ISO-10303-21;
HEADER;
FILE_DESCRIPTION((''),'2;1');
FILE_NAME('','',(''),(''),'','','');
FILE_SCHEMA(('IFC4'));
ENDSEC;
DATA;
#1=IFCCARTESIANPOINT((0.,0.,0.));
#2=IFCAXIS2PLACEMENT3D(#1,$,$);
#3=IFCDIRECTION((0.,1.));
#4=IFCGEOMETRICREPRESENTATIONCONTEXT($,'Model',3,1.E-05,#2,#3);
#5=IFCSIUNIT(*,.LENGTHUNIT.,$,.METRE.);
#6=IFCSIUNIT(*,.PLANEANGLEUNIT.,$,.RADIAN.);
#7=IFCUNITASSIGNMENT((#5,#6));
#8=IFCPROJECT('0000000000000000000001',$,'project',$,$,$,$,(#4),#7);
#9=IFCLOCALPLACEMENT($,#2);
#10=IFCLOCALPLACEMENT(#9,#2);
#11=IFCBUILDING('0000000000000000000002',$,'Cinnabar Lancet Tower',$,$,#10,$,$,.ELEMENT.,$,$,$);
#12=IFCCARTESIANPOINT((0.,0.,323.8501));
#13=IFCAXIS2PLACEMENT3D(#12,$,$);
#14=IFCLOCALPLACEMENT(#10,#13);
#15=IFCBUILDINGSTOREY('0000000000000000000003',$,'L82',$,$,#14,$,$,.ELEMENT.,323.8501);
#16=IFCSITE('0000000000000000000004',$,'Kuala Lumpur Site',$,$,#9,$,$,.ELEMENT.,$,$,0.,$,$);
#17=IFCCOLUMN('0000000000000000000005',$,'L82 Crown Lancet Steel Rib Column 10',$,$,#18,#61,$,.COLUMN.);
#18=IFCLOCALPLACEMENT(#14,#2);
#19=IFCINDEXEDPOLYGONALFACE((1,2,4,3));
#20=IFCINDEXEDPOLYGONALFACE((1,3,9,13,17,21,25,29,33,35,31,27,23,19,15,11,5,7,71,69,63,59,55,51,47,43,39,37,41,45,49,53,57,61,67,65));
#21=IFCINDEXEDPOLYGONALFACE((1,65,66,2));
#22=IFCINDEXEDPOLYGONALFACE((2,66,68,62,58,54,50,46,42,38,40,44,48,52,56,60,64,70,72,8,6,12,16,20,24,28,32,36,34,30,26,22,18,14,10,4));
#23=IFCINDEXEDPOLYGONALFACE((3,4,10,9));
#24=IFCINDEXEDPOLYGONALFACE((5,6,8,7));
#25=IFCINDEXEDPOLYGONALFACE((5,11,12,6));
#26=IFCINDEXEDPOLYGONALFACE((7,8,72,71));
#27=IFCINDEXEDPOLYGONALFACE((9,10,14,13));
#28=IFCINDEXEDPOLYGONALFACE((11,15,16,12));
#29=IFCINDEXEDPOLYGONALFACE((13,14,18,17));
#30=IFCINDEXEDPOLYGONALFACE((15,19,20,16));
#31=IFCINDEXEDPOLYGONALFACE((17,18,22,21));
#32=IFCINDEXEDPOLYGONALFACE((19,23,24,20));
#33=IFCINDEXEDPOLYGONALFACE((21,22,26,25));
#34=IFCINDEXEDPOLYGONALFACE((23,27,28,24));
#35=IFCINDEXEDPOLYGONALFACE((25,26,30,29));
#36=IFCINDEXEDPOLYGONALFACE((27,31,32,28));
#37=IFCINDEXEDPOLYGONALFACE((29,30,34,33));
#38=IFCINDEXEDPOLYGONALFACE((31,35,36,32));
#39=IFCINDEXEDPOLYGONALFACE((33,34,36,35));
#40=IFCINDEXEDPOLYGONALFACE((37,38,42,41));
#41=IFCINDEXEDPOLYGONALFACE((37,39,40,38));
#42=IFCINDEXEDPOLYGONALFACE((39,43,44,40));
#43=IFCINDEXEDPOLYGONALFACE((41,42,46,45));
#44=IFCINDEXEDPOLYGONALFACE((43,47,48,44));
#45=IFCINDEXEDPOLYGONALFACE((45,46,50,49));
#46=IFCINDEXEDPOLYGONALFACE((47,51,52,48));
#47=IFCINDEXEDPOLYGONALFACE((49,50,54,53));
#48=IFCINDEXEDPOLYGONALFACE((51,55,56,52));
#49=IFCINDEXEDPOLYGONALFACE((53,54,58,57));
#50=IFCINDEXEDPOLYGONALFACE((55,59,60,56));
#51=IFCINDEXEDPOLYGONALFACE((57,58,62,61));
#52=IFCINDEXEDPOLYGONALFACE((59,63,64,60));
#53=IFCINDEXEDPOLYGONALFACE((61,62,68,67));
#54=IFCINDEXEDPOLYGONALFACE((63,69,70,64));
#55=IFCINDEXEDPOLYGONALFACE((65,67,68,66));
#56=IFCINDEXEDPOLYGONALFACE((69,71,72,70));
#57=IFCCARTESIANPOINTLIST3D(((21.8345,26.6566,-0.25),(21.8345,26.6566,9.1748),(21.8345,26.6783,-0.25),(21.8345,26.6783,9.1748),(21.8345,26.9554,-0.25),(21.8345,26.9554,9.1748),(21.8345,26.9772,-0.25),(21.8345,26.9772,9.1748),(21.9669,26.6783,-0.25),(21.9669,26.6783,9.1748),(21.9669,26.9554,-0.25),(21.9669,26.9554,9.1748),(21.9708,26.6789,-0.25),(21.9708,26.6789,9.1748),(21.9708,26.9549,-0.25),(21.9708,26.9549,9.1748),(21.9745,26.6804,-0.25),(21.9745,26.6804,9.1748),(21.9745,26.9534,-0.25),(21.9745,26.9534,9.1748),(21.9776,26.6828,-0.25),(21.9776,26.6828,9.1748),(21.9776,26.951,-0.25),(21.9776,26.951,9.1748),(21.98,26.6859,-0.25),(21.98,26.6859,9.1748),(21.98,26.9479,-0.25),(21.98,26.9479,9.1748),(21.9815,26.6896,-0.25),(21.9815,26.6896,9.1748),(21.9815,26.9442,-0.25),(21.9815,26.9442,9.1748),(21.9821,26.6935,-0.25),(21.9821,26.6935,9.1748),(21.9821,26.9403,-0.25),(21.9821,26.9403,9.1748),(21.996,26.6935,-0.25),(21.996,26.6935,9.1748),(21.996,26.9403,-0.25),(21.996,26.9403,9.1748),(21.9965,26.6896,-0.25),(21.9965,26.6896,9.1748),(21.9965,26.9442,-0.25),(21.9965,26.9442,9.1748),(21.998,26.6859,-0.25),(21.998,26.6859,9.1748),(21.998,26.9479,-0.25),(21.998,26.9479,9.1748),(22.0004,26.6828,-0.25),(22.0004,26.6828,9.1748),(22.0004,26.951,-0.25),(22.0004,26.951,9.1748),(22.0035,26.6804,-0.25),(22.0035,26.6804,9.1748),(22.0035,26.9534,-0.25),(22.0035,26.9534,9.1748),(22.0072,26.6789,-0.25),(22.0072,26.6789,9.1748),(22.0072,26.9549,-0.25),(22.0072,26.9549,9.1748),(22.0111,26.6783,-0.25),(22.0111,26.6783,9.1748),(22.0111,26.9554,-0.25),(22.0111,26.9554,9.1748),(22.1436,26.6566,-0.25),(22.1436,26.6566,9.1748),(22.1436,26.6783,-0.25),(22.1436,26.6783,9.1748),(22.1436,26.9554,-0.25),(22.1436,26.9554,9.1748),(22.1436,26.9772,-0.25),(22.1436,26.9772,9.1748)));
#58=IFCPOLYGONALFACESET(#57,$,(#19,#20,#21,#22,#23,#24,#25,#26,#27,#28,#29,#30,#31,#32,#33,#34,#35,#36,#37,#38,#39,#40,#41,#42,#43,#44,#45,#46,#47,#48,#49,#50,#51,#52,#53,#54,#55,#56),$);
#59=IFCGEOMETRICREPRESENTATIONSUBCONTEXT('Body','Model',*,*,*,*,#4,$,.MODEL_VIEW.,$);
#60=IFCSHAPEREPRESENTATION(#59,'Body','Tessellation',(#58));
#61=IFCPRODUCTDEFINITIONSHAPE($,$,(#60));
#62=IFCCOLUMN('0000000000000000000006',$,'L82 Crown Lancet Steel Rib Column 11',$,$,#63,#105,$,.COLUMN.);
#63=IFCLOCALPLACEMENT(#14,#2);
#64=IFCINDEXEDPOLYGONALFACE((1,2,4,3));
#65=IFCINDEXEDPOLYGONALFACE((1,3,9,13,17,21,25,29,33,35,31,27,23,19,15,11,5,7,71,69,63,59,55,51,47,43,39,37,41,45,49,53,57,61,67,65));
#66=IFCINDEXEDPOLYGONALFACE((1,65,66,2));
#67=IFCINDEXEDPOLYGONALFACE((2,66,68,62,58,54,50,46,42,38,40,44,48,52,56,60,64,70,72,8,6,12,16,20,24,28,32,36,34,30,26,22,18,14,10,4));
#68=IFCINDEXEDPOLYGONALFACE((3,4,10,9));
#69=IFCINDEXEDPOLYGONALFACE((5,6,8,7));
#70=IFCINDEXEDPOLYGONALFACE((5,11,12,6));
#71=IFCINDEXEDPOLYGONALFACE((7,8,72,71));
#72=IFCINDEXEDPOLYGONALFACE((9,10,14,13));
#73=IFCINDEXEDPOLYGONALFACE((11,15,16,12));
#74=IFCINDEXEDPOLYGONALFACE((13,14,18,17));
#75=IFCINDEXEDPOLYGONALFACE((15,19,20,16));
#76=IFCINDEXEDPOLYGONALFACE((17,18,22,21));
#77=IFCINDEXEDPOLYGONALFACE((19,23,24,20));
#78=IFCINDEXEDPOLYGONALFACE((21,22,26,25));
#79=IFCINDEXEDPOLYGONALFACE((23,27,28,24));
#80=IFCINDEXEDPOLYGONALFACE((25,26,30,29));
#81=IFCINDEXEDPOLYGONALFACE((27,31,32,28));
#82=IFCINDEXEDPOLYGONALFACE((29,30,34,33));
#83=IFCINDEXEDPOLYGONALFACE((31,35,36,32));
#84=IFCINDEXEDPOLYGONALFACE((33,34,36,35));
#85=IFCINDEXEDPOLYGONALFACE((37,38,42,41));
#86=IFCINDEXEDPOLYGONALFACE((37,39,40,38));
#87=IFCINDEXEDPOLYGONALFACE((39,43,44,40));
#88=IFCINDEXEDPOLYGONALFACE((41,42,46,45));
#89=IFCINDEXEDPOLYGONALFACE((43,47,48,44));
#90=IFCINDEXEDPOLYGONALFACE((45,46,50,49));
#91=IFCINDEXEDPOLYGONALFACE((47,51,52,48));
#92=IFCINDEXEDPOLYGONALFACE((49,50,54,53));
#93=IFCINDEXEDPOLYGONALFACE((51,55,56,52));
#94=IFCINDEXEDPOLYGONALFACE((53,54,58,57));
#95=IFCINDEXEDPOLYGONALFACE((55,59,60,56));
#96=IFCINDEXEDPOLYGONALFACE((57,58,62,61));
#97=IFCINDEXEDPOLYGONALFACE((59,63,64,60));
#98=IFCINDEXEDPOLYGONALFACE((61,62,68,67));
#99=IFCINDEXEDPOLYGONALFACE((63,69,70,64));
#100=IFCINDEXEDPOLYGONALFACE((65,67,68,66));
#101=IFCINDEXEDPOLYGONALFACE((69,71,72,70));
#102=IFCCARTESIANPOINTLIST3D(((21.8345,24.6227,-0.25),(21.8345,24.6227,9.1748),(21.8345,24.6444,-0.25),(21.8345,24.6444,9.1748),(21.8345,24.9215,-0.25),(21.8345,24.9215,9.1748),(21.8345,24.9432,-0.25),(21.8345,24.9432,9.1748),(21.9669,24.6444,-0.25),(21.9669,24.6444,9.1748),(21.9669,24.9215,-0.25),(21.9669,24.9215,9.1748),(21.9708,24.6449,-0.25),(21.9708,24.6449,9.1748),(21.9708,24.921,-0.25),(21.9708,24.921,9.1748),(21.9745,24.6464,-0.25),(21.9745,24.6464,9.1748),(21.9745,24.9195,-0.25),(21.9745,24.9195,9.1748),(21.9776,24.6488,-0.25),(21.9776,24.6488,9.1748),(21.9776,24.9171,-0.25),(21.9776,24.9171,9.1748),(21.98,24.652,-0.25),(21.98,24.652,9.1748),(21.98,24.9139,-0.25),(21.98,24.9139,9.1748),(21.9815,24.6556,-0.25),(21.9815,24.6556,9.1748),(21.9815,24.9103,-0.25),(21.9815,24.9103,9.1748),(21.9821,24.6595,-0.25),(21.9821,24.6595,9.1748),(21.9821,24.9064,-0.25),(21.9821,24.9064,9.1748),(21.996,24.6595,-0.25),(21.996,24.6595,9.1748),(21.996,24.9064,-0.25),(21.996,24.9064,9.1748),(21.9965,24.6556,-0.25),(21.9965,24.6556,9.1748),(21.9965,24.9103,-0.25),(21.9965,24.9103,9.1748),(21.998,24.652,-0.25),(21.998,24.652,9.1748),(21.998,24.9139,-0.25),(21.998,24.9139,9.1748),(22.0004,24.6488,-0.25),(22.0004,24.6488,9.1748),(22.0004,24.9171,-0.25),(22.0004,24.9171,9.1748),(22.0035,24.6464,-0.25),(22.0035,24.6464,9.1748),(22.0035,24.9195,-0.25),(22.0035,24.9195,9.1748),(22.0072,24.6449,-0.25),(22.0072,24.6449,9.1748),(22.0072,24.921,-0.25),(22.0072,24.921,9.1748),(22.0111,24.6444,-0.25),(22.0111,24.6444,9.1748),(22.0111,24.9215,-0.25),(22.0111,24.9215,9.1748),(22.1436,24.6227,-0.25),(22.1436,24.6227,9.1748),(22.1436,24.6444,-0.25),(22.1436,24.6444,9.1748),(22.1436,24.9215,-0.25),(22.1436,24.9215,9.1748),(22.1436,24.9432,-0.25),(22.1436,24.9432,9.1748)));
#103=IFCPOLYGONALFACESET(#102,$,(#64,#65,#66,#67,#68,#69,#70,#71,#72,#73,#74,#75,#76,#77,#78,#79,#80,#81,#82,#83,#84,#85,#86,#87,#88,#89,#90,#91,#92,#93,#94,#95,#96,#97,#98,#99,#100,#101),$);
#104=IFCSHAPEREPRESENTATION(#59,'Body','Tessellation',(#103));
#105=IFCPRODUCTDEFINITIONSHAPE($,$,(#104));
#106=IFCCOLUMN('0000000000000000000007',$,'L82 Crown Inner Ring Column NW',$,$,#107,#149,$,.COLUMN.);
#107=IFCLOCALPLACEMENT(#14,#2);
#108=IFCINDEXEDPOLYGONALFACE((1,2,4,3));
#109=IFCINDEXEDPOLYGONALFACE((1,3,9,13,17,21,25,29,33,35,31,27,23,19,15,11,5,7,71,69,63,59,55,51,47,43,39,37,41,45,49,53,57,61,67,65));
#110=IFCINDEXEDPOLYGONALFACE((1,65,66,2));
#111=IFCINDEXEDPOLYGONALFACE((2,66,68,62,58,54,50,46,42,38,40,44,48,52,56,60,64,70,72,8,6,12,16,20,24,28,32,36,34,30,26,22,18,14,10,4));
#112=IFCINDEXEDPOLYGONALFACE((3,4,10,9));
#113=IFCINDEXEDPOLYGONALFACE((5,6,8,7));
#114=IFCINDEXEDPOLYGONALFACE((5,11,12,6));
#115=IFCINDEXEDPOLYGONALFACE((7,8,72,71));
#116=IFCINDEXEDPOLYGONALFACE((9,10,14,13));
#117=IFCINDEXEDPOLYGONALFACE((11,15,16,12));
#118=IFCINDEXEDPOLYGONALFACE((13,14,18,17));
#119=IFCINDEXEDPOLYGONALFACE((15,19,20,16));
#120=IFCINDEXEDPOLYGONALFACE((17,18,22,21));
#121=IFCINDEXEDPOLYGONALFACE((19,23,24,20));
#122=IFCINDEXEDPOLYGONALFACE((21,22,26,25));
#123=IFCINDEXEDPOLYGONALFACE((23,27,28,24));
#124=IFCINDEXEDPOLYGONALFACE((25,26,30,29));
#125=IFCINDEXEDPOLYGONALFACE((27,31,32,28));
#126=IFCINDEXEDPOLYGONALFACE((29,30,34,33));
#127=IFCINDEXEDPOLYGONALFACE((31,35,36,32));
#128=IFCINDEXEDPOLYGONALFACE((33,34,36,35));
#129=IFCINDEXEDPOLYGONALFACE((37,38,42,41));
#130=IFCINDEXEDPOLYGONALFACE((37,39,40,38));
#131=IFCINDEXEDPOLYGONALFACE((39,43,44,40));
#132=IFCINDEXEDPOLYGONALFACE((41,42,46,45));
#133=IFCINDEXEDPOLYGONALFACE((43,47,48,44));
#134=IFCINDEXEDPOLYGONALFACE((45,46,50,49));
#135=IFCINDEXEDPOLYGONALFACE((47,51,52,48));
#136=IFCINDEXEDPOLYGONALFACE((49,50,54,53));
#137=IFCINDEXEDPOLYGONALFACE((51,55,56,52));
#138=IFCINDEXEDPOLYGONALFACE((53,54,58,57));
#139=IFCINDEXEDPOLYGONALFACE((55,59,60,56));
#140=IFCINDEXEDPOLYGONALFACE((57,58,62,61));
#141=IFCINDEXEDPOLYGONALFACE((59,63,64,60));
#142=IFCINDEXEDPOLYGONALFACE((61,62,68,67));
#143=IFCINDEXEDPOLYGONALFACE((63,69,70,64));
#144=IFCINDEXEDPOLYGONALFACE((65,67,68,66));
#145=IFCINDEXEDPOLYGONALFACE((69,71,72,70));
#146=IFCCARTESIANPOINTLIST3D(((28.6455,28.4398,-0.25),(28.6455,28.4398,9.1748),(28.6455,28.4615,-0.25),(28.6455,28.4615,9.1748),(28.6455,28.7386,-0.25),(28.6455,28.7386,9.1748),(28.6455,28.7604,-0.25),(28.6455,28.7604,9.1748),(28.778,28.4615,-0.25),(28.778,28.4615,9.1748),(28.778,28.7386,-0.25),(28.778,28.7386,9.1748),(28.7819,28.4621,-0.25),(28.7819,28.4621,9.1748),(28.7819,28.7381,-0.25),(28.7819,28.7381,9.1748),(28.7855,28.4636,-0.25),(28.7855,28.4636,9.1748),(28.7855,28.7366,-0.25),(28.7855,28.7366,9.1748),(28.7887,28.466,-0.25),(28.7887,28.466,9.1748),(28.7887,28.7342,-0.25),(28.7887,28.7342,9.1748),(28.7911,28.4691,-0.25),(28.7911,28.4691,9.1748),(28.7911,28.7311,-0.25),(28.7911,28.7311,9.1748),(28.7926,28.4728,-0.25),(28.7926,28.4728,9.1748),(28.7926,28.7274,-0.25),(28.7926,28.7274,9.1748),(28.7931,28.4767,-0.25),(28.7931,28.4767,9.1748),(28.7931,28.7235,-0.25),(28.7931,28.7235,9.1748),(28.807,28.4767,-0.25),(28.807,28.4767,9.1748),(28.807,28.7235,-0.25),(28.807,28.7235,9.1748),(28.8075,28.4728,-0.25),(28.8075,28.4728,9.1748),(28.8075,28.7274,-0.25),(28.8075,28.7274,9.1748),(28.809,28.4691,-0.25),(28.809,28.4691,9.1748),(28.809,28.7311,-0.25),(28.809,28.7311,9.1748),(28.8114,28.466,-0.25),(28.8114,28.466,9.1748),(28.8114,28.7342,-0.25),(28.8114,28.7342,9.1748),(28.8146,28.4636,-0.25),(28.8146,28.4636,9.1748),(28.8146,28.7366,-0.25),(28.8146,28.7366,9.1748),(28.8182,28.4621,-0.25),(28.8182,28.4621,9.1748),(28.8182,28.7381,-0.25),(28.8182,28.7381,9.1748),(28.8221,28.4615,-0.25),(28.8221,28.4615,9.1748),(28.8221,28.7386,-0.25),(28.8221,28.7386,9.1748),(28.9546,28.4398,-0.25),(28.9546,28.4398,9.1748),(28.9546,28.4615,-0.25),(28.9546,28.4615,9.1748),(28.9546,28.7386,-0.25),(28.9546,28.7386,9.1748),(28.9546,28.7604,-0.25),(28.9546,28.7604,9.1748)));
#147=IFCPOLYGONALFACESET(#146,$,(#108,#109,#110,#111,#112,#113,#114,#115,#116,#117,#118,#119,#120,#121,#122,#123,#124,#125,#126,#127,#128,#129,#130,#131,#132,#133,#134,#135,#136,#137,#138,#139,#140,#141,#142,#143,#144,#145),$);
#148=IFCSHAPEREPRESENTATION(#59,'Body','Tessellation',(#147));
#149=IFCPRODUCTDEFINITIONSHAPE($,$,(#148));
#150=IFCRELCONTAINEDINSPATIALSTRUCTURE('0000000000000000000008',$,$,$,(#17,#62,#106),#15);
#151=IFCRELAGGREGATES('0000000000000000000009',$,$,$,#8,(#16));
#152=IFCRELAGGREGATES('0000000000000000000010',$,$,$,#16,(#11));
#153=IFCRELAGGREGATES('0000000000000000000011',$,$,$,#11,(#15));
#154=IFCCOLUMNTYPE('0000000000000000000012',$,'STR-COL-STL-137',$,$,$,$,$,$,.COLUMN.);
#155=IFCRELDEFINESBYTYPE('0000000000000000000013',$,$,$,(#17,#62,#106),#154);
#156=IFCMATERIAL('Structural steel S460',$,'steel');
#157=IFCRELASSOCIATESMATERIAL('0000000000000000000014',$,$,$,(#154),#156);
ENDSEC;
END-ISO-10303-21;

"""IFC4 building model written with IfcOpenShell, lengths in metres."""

from ifc_helpers import new_model, si_unit, direction, frame, origin, origin_2d, place, context, subcontext, project, spatial, i_section, extrude, material, material_profile, profile_set, type_object, element, save


model = new_model("IFC4")

# Units and contexts
model_context = context("Model", 3, precision=1e-05, world=origin(), true_north=direction((0.0, 1.0)))
body_context = subcontext(model_context, "Body", "Model", "MODEL_VIEW")
ifc_project = project(units=[si_unit("LENGTHUNIT", "METRE"), si_unit("PLANEANGLEUNIT", "RADIAN")], contexts=[model_context])

# Site, building, storey
site_placement = place(None, origin())
site = spatial("IfcSite", under=ifc_project, at=site_placement, Name="Kuala Lumpur Site", CompositionType="ELEMENT", RefElevation=0.0)
building_placement = place(site_placement, origin())
building = spatial("IfcBuilding", under=site, at=building_placement, Name="Cinnabar Lancet Tower", CompositionType="ELEMENT")
storey_placement = place(building_placement, frame((0.0, 0.0, 323.8501)))
storey = spatial("IfcBuildingStorey", under=building, at=storey_placement, Name="L82", CompositionType="ELEMENT", Elevation=323.8501)

# Columns
ifc_material_1 = material(Name="Structural steel S460", Category="steel")
ifc_material_profile_1 = material_profile(ifc_material_1, i_section(OverallWidth=0.3091, OverallDepth=0.3206, WebThickness=0.0139, FlangeThickness=0.0217, FilletRadius=0.0151, at=origin_2d()), Name="UKC 305x305x137")
ifc_profile_set_1 = profile_set([ifc_material_profile_1], Name="Structural steel S460")
column_type = type_object("IfcColumnType", Name="STR-COL-STL-137", PredefinedType="COLUMN", material=ifc_profile_set_1)
for number, where, z_axis, x_axis, name in (
    (1, (21.989, 26.8169, -0.25), (0.0, 0.0, 1.0), (1.0, 0.0, 0.0), "L82 Crown Lancet Steel Rib Column 10"),
    (2, (21.989, 24.783, -0.25), (0.0, 0.0, 1.0), (1.0, 0.0, 0.0), "L82 Crown Lancet Steel Rib Column 11"),
    (3, (28.8, 28.6001, -0.25), (0.0, 0.0, 1.0), (1.0, 0.0, 0.0), "L82 Crown Inner Ring Column NW"),
):
    element("IfcColumn", number, at=place(storey_placement, frame(where, z_axis=z_axis, x_axis=x_axis)), inside=storey, type_object=column_type, Name=name, PredefinedType="COLUMN", context=body_context, shape_type="SweptSolid", body=[
        extrude(i_section(OverallWidth=0.3091, OverallDepth=0.3206, WebThickness=0.0139, FlangeThickness=0.0217, FilletRadius=0.0151, at=origin_2d()), origin(), (0.0, 0.0, 1.0), 9.4248),
    ])

save(model, "model.ifc")
